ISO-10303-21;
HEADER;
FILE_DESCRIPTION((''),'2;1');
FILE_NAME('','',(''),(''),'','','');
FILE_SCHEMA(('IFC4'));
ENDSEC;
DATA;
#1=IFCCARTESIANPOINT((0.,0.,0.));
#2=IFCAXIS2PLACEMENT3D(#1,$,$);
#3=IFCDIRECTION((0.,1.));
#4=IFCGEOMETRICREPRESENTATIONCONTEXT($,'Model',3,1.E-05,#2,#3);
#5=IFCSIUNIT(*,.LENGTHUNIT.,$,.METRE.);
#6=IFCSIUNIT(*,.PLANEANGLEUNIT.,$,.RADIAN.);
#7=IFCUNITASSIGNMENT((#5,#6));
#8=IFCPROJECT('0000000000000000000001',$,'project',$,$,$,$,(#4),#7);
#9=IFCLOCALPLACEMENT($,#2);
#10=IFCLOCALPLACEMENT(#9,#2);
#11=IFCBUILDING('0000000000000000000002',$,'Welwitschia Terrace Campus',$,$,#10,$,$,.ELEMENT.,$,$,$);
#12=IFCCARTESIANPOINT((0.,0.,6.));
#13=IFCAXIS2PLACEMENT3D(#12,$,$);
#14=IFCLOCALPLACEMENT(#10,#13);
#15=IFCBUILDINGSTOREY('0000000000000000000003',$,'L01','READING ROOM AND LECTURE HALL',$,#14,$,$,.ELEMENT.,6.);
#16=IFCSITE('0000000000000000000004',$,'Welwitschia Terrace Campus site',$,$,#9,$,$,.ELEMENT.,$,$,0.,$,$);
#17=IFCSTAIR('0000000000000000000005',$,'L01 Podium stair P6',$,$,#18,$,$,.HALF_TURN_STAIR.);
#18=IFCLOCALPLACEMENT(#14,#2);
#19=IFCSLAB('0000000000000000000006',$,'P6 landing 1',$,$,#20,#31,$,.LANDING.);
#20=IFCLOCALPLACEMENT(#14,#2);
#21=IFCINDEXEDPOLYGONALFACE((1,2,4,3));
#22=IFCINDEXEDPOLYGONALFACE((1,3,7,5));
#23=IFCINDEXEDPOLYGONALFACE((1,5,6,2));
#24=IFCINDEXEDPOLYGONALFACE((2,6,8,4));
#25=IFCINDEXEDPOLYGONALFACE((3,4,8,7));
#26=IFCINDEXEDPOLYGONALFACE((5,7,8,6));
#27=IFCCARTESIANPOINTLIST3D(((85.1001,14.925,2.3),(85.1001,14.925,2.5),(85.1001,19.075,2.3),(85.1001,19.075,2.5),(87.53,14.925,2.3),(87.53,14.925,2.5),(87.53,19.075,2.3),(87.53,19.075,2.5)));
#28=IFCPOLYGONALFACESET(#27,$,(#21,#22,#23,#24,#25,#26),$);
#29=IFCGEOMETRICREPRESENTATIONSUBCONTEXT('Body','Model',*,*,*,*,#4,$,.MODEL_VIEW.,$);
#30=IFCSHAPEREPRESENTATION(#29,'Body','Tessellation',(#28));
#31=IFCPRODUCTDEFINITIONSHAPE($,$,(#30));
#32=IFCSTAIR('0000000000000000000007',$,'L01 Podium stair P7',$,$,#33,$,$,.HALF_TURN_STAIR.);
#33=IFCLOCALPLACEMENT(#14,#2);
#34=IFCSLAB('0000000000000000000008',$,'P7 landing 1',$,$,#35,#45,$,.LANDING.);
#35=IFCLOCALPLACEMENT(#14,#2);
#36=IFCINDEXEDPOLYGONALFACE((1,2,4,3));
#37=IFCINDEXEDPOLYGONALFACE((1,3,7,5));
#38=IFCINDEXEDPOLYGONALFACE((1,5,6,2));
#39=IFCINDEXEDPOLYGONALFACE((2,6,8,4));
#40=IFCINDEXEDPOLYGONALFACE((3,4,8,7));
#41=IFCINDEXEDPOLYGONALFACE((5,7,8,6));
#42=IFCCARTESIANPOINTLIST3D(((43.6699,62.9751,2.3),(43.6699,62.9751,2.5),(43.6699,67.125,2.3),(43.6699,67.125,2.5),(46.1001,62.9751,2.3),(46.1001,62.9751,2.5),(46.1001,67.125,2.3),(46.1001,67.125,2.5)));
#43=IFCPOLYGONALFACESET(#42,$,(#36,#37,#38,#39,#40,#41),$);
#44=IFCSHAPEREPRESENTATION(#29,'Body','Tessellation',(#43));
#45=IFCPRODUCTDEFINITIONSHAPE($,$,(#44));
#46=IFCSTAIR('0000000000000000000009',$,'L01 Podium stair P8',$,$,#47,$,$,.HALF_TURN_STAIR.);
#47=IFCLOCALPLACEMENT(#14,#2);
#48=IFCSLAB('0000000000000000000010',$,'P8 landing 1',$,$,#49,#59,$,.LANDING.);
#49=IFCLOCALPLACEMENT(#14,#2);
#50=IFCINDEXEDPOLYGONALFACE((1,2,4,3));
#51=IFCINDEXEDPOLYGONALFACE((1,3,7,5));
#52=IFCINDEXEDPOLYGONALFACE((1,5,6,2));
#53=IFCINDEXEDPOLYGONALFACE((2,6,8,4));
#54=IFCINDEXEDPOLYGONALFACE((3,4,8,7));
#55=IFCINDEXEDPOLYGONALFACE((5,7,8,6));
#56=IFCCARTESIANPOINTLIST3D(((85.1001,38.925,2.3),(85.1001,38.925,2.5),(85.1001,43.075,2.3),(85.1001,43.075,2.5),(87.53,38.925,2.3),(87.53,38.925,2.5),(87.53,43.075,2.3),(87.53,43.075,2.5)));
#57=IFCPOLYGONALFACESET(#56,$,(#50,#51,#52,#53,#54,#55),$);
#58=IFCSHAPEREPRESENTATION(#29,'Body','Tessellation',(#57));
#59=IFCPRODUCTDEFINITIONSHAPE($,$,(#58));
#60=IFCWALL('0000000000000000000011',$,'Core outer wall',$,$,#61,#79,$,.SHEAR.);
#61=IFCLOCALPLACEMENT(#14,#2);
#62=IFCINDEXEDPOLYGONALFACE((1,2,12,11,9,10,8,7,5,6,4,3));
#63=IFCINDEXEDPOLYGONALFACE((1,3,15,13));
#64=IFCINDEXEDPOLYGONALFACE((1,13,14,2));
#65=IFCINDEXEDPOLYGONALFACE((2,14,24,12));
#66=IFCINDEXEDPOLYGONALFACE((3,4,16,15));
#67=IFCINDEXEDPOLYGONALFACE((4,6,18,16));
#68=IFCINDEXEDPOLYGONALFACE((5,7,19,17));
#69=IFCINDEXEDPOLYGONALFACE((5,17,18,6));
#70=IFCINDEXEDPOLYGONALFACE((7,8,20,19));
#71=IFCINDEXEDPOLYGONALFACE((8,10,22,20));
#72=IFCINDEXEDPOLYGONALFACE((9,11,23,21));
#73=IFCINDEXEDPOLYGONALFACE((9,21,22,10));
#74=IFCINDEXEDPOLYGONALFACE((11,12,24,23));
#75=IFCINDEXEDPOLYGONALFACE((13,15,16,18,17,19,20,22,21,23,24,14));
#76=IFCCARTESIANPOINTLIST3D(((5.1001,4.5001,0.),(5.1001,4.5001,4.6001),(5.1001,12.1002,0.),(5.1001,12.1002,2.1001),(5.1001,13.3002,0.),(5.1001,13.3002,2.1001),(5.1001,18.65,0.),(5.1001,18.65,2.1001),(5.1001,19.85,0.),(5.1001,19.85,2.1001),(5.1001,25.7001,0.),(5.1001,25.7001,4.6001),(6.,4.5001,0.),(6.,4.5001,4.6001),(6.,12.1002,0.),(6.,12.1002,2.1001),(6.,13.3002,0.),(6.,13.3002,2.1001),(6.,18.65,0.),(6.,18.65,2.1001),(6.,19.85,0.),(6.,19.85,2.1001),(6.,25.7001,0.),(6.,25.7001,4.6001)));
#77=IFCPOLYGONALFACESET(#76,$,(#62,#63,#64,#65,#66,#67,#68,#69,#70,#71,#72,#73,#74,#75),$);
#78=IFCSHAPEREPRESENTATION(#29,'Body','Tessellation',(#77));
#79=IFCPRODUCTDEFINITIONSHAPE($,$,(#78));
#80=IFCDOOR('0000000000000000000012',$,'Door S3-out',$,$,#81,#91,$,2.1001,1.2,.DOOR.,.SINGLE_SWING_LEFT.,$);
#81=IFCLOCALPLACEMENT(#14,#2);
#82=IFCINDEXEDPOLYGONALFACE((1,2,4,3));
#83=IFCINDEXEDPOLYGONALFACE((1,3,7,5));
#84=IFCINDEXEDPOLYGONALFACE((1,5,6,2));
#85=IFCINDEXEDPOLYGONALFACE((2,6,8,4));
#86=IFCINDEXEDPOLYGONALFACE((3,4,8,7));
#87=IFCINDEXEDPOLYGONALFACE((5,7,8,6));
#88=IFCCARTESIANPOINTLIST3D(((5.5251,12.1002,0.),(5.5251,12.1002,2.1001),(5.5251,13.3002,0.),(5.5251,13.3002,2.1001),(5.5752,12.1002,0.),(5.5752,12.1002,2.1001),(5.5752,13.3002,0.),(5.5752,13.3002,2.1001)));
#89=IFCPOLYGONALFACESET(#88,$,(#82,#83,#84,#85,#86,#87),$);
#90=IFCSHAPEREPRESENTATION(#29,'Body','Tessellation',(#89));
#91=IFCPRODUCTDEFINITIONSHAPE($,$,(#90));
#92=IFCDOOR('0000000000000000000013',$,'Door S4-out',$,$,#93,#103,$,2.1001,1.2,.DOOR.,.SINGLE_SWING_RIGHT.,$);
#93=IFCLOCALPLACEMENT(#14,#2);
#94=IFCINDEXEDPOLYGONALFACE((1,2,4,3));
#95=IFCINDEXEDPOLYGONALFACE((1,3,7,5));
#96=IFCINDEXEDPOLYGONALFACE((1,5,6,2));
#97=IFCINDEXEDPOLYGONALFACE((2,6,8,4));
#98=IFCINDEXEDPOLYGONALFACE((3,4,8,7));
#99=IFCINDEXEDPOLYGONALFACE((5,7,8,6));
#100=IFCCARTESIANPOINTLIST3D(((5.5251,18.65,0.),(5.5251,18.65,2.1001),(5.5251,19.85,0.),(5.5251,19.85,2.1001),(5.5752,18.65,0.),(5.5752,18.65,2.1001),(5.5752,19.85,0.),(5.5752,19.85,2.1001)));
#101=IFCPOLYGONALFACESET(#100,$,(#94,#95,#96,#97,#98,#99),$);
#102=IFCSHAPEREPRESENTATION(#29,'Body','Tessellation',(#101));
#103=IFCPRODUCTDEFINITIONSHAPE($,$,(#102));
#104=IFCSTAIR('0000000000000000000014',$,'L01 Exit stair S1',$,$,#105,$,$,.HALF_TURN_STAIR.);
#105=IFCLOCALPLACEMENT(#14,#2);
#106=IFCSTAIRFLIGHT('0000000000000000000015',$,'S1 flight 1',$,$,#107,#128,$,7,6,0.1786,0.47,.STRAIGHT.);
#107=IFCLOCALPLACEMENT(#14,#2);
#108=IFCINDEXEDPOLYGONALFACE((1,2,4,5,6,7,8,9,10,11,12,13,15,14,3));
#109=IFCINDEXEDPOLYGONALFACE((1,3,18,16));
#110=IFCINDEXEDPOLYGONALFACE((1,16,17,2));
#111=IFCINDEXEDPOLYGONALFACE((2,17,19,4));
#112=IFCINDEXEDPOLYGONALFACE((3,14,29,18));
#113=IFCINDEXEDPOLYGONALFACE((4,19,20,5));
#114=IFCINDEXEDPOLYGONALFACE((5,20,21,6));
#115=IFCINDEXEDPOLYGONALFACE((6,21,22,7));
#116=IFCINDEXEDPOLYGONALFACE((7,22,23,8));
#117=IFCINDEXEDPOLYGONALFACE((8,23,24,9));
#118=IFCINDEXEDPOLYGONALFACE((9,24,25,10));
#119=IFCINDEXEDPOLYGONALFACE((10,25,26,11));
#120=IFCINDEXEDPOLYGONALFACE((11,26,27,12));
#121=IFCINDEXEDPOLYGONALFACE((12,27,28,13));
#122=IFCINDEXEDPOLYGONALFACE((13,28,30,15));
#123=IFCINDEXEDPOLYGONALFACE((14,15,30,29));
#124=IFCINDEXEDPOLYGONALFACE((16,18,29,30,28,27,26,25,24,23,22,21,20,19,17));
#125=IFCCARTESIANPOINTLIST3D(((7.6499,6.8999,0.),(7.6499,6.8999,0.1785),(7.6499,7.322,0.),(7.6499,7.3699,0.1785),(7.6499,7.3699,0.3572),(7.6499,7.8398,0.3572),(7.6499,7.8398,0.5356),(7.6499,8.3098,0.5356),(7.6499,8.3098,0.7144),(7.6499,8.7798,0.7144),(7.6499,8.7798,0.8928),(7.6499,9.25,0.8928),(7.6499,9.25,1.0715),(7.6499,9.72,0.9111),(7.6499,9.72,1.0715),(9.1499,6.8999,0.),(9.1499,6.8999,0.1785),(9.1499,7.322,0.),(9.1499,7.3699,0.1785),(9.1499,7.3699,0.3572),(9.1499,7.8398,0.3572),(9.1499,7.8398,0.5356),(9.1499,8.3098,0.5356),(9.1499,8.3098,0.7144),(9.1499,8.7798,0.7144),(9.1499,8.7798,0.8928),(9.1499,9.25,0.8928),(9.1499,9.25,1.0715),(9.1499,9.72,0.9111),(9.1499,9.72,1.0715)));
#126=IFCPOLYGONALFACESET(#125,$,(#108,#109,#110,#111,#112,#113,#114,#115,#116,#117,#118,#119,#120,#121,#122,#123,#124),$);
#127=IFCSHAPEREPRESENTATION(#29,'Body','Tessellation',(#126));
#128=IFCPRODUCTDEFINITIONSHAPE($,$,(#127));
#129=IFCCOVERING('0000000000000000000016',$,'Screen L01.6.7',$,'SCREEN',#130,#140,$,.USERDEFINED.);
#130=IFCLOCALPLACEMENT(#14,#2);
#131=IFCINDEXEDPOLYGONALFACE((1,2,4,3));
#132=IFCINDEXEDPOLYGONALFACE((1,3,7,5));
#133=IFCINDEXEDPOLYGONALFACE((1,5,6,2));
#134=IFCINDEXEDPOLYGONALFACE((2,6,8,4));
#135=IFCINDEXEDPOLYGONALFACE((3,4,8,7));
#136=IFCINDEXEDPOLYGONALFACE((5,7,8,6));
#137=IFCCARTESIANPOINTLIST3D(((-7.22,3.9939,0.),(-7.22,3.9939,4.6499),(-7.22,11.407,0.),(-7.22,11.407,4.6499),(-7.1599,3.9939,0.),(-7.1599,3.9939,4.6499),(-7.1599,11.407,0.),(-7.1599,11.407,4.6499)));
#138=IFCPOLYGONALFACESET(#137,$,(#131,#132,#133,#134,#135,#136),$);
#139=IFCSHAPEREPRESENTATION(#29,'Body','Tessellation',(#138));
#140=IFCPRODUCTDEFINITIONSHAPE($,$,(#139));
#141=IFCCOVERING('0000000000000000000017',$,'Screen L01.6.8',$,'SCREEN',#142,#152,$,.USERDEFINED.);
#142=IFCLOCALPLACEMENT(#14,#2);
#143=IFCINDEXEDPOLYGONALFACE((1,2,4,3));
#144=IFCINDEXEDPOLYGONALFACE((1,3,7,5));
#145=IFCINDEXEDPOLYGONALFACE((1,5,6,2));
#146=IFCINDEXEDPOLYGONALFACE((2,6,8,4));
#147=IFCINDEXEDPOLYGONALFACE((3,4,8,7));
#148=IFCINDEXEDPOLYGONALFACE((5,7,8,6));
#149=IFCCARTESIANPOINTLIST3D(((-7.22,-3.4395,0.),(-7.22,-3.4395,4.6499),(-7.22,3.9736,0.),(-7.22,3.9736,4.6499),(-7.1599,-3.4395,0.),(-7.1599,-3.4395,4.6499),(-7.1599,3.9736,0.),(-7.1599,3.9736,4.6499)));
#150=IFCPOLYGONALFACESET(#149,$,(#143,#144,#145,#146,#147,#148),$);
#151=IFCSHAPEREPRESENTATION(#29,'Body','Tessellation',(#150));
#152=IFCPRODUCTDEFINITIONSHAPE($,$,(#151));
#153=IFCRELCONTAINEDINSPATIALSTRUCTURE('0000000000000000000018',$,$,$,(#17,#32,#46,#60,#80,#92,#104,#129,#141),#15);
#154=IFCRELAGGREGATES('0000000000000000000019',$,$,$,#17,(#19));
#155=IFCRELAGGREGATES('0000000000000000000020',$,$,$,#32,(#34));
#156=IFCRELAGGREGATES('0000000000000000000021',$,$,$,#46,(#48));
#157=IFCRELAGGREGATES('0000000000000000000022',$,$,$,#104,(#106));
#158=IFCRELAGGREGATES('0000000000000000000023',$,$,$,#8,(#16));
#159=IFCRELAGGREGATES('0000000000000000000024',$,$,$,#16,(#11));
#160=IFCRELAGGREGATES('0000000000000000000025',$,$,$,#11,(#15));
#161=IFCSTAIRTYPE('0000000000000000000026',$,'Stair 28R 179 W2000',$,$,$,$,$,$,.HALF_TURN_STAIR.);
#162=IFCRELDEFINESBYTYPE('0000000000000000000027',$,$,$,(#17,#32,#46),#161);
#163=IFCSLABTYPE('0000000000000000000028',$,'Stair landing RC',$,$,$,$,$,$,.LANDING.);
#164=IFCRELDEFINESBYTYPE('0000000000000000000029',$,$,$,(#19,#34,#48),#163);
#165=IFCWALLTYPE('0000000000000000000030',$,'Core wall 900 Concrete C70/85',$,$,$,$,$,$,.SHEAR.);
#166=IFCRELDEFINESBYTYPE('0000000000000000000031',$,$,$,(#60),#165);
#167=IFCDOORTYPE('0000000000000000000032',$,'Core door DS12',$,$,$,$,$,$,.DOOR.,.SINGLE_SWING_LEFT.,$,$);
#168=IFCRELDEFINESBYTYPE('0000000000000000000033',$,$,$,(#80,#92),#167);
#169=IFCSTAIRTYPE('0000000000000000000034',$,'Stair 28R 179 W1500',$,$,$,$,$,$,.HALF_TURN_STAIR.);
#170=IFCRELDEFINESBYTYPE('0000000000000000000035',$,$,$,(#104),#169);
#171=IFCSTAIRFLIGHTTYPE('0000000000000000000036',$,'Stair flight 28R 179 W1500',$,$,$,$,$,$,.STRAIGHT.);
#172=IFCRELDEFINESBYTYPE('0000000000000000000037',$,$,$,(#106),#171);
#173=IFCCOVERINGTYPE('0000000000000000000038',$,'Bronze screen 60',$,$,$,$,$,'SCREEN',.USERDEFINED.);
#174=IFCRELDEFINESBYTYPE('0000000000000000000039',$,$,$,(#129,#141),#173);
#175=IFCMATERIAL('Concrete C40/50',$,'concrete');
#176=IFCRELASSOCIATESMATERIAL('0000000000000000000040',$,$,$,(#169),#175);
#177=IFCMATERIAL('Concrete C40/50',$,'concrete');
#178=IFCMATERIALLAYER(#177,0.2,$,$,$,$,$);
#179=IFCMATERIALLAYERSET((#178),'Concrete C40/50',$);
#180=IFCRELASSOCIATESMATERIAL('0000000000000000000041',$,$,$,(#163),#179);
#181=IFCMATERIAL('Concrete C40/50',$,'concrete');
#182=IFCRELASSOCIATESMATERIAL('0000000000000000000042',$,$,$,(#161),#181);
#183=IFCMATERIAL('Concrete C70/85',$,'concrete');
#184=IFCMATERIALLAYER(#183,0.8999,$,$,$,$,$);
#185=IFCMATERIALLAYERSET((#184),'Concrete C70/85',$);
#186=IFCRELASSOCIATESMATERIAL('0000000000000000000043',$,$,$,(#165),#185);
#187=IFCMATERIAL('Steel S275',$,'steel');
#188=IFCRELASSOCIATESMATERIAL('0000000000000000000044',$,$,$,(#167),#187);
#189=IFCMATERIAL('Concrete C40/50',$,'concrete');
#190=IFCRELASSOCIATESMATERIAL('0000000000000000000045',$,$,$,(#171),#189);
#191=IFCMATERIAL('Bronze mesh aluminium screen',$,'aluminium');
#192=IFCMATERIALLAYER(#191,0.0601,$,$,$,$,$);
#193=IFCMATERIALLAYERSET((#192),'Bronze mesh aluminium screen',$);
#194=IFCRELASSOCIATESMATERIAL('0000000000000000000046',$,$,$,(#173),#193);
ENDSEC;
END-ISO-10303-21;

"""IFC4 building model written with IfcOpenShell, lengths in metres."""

from ifc_helpers import new_model, si_unit, direction, frame, frame_2d, origin, origin_2d, place, context, subcontext, project, spatial, polyline, rectangle, outline, extrude, material, layer, layer_set, type_object, element, fill, aggregate, save


model = new_model("IFC4")

# Units and contexts
model_context = context("Model", 3, precision=1e-05, world=origin(), true_north=direction((0.0, 1.0)))
body_context = subcontext(model_context, "Body", "Model", "MODEL_VIEW")
ifc_project = project(units=[si_unit("LENGTHUNIT", "METRE"), si_unit("PLANEANGLEUNIT", "RADIAN")], contexts=[model_context])

# Site, building, storey
site_placement = place(None, origin())
site = spatial("IfcSite", under=ifc_project, at=site_placement, Name="Welwitschia Terrace Campus site", CompositionType="ELEMENT", RefElevation=0.0)
building_placement = place(site_placement, origin())
building = spatial("IfcBuilding", under=site, at=building_placement, Name="Welwitschia Terrace Campus", CompositionType="ELEMENT")
storey_placement = place(building_placement, frame((0.0, 0.0, 6.0)))
storey = spatial("IfcBuildingStorey", under=building, at=storey_placement, Name="L01", Description="READING ROOM AND LECTURE HALL", CompositionType="ELEMENT", Elevation=6.0)

# Stairs, slabs
ifc_material_1 = material(Name="Concrete C40/50", Category="concrete")
stair_type_1 = type_object("IfcStairType", Name="Stair 28R 179 W1500", PredefinedType="HALF_TURN_STAIR", material=ifc_material_1)
ifc_material_2 = material(Name="Concrete C40/50", Category="concrete")
ifc_layer_1 = layer(ifc_material_2, 0.2)
ifc_layer_set_1 = layer_set([ifc_layer_1], Name="Concrete C40/50")
slab_type = type_object("IfcSlabType", Name="Stair landing RC", PredefinedType="LANDING", material=ifc_layer_set_1)
ifc_material_3 = material(Name="Concrete C40/50", Category="concrete")
stair_type_2 = type_object("IfcStairType", Name="Stair 28R 179 W2000", PredefinedType="HALF_TURN_STAIR", material=ifc_material_3)
stair_1_placement = place(storey_placement, origin())
stair_1 = element("IfcStair", 1, at=stair_1_placement, inside=storey, type_object=stair_type_2, Name="L01 Podium stair P6", PredefinedType="HALF_TURN_STAIR")
slab_1_placement = place(storey_placement, frame((0.0, 0.0, 2.3)))
slab_1 = element("IfcSlab", 2, at=slab_1_placement, type_object=slab_type, Name="P6 landing 1", PredefinedType="LANDING", context=body_context, shape_type="SweptSolid", body=[
    extrude(outline(polyline([(87.53, 19.075), (85.1001, 19.075), (85.1001, 14.925), (87.53, 14.925), (87.53, 19.075)])), origin(), (0.0, 0.0, 1.0), 0.2),
])
aggregate(stair_1, [slab_1])
stair_2_placement = place(storey_placement, origin())
stair_2 = element("IfcStair", 3, at=stair_2_placement, inside=storey, type_object=stair_type_2, Name="L01 Podium stair P7", PredefinedType="HALF_TURN_STAIR")
slab_2_placement = place(storey_placement, frame((0.0, 0.0, 2.3)))
slab_2 = element("IfcSlab", 4, at=slab_2_placement, type_object=slab_type, Name="P7 landing 1", PredefinedType="LANDING", context=body_context, shape_type="SweptSolid", body=[
    extrude(outline(polyline([(43.6699, 62.9751), (46.1001, 62.9751), (46.1001, 67.125), (43.6699, 67.125), (43.6699, 62.9751)])), origin(), (0.0, 0.0, 1.0), 0.2),
])
aggregate(stair_2, [slab_2])
stair_3_placement = place(storey_placement, origin())
stair_3 = element("IfcStair", 5, at=stair_3_placement, inside=storey, type_object=stair_type_2, Name="L01 Podium stair P8", PredefinedType="HALF_TURN_STAIR")
slab_3_placement = place(storey_placement, frame((0.0, 0.0, 2.3)))
slab_3 = element("IfcSlab", 6, at=slab_3_placement, type_object=slab_type, Name="P8 landing 1", PredefinedType="LANDING", context=body_context, shape_type="SweptSolid", body=[
    extrude(outline(polyline([(87.53, 43.075), (85.1001, 43.075), (85.1001, 38.925), (87.53, 38.925), (87.53, 43.075)])), origin(), (0.0, 0.0, 1.0), 0.2),
])
aggregate(stair_3, [slab_3])

# Wall, openings, doors
ifc_material_4 = material(Name="Concrete C70/85", Category="concrete")
ifc_layer_2 = layer(ifc_material_4, 0.8999)
ifc_layer_set_2 = layer_set([ifc_layer_2], Name="Concrete C70/85")
wall_type = type_object("IfcWallType", Name="Core wall 900 Concrete C70/85", PredefinedType="SHEAR", material=ifc_layer_set_2)
wall_placement = place(storey_placement, frame((5.55, 4.5, 0.0), z_axis=(0.0, 0.0, 1.0), x_axis=(0.0, 1.0, 0.0)))
wall = element("IfcWall", 7, at=wall_placement, inside=storey, type_object=wall_type, Name="Core outer wall", PredefinedType="SHEAR", context=body_context, shape_type="SweptSolid", body=[
    extrude(rectangle(XDim=21.2, YDim=0.8999, at=frame_2d((10.6001, 0.0))), origin(), (0.0, 0.0, 1.0), 4.6001),
])
opening_1_placement = place(wall_placement, frame((7.6001, 0.0, 0.0)))
opening_1 = element("IfcOpeningElement", 8, at=opening_1_placement, cuts=wall, PredefinedType="OPENING", context=body_context, shape_type="SweptSolid", body=[
    extrude(rectangle(XDim=1.2, YDim=2.1001, at=frame_2d((0.6001, 1.05))), frame((0.0, 0.46, 0.0), z_axis=(0.0, -1.0, 0.0), x_axis=(1.0, 0.0, 0.0)), (0.0, 0.0, 1.0), 0.9199),
])
opening_2_placement = place(wall_placement, frame((14.1499, 0.0, 0.0)))
opening_2 = element("IfcOpeningElement", 9, at=opening_2_placement, cuts=wall, PredefinedType="OPENING", context=body_context, shape_type="SweptSolid", body=[
    extrude(rectangle(XDim=1.2, YDim=2.1001, at=frame_2d((0.6001, 1.05))), frame((0.0, 0.46, 0.0), z_axis=(0.0, -1.0, 0.0), x_axis=(1.0, 0.0, 0.0)), (0.0, 0.0, 1.0), 0.9199),
])
ifc_material_5 = material(Name="Steel S275", Category="steel")
door_type = type_object("IfcDoorType", Name="Core door DS12", OperationType="SINGLE_SWING_LEFT", PredefinedType="DOOR", material=ifc_material_5)
door_1_placement = place(opening_1_placement, origin())
door_1 = element("IfcDoor", 10, at=door_1_placement, inside=storey, type_object=door_type, Name="Door S3-out", OperationType="SINGLE_SWING_LEFT", OverallHeight=2.1001, OverallWidth=1.2, PredefinedType="DOOR", context=body_context, shape_type="SweptSolid", body=[
    extrude(rectangle(XDim=1.2, YDim=2.1001, at=frame_2d((0.6001, 1.05))), frame((0.0, 0.0249, 0.0), z_axis=(0.0, -1.0, 0.0), x_axis=(1.0, 0.0, 0.0)), (0.0, 0.0, 1.0), 0.05),
])
fill(opening_1, door_1)
door_2_placement = place(opening_2_placement, origin())
door_2 = element("IfcDoor", 11, at=door_2_placement, inside=storey, type_object=door_type, Name="Door S4-out", OperationType="SINGLE_SWING_RIGHT", OverallHeight=2.1001, OverallWidth=1.2, PredefinedType="DOOR", context=body_context, shape_type="SweptSolid", body=[
    extrude(rectangle(XDim=1.2, YDim=2.1001, at=frame_2d((0.6001, 1.05))), frame((0.0, 0.0249, 0.0), z_axis=(0.0, -1.0, 0.0), x_axis=(1.0, 0.0, 0.0)), (0.0, 0.0, 1.0), 0.05),
])
fill(opening_2, door_2)

# Stair, stair flight
stair_4_placement = place(storey_placement, origin())
stair_4 = element("IfcStair", 12, at=stair_4_placement, inside=storey, type_object=stair_type_1, Name="L01 Exit stair S1", PredefinedType="HALF_TURN_STAIR")
ifc_material_6 = material(Name="Concrete C40/50", Category="concrete")
stair_flight_type = type_object("IfcStairFlightType", Name="Stair flight 28R 179 W1500", PredefinedType="STRAIGHT", material=ifc_material_6)
stair_flight_placement = place(storey_placement, frame((8.3999, 6.8999, 0.0), z_axis=(0.0, 0.0, 1.0), x_axis=(0.0, 1.0, 0.0)))
stair_flight = element("IfcStairFlight", 13, at=stair_flight_placement, type_object=stair_flight_type, Name="S1 flight 1", NumberOfRisers=7, NumberOfTreads=6, PredefinedType="STRAIGHT", RiserHeight=0.1786, TreadLength=0.47, context=body_context, shape_type="SweptSolid", body=[
    extrude(outline(polyline([(0.0, 0.0), (0.0, 0.1785), (0.47, 0.1785), (0.47, 0.3572), (0.9399, 0.3572), (0.9399, 0.5356), (1.4099, 0.5356), (1.4099, 0.7144), (1.8799, 0.7144), (1.8799, 0.8928), (2.3501, 0.8928), (2.3501, 1.0715), (2.8201, 1.0715), (2.8201, 1.25), (2.8201, 0.9111), (0.4221, 0.0), (0.0, 0.0)])), frame((0.0, 0.75, 0.0), z_axis=(0.0, -1.0, 0.0), x_axis=(1.0, 0.0, 0.0)), (0.0, 0.0, 1.0), 1.5),
])
aggregate(stair_4, [stair_flight])

# Coverings
ifc_material_7 = material(Name="Bronze mesh aluminium screen", Category="aluminium")
ifc_layer_3 = layer(ifc_material_7, 0.0601)
ifc_layer_set_3 = layer_set([ifc_layer_3], Name="Bronze mesh aluminium screen")
covering_type = type_object("IfcCoveringType", Name="Bronze screen 60", ElementType="SCREEN", PredefinedType="USERDEFINED", material=ifc_layer_set_3)
for number, where, z_axis, x_axis, name in (
    (14, (-7.1899, 7.7004, 0.0), (0.0, 0.0, 1.0), (0.0, -1.0, 0.0), "Screen L01.6.7"),
    (15, (-7.1899, 0.2671, 0.0), (0.0, 0.0, 1.0), (0.0, -1.0, 0.0), "Screen L01.6.8"),
):
    element("IfcCovering", number, at=place(storey_placement, frame(where, z_axis=z_axis, x_axis=x_axis)), inside=storey, type_object=covering_type, Name=name, ObjectType="SCREEN", PredefinedType="USERDEFINED", context=body_context, shape_type="SweptSolid", body=[
        extrude(rectangle(XDim=7.4131, YDim=0.0601, at=origin_2d()), origin(), (0.0, 0.0, 1.0), 4.6499),
    ])

save(model, "model.ifc")
